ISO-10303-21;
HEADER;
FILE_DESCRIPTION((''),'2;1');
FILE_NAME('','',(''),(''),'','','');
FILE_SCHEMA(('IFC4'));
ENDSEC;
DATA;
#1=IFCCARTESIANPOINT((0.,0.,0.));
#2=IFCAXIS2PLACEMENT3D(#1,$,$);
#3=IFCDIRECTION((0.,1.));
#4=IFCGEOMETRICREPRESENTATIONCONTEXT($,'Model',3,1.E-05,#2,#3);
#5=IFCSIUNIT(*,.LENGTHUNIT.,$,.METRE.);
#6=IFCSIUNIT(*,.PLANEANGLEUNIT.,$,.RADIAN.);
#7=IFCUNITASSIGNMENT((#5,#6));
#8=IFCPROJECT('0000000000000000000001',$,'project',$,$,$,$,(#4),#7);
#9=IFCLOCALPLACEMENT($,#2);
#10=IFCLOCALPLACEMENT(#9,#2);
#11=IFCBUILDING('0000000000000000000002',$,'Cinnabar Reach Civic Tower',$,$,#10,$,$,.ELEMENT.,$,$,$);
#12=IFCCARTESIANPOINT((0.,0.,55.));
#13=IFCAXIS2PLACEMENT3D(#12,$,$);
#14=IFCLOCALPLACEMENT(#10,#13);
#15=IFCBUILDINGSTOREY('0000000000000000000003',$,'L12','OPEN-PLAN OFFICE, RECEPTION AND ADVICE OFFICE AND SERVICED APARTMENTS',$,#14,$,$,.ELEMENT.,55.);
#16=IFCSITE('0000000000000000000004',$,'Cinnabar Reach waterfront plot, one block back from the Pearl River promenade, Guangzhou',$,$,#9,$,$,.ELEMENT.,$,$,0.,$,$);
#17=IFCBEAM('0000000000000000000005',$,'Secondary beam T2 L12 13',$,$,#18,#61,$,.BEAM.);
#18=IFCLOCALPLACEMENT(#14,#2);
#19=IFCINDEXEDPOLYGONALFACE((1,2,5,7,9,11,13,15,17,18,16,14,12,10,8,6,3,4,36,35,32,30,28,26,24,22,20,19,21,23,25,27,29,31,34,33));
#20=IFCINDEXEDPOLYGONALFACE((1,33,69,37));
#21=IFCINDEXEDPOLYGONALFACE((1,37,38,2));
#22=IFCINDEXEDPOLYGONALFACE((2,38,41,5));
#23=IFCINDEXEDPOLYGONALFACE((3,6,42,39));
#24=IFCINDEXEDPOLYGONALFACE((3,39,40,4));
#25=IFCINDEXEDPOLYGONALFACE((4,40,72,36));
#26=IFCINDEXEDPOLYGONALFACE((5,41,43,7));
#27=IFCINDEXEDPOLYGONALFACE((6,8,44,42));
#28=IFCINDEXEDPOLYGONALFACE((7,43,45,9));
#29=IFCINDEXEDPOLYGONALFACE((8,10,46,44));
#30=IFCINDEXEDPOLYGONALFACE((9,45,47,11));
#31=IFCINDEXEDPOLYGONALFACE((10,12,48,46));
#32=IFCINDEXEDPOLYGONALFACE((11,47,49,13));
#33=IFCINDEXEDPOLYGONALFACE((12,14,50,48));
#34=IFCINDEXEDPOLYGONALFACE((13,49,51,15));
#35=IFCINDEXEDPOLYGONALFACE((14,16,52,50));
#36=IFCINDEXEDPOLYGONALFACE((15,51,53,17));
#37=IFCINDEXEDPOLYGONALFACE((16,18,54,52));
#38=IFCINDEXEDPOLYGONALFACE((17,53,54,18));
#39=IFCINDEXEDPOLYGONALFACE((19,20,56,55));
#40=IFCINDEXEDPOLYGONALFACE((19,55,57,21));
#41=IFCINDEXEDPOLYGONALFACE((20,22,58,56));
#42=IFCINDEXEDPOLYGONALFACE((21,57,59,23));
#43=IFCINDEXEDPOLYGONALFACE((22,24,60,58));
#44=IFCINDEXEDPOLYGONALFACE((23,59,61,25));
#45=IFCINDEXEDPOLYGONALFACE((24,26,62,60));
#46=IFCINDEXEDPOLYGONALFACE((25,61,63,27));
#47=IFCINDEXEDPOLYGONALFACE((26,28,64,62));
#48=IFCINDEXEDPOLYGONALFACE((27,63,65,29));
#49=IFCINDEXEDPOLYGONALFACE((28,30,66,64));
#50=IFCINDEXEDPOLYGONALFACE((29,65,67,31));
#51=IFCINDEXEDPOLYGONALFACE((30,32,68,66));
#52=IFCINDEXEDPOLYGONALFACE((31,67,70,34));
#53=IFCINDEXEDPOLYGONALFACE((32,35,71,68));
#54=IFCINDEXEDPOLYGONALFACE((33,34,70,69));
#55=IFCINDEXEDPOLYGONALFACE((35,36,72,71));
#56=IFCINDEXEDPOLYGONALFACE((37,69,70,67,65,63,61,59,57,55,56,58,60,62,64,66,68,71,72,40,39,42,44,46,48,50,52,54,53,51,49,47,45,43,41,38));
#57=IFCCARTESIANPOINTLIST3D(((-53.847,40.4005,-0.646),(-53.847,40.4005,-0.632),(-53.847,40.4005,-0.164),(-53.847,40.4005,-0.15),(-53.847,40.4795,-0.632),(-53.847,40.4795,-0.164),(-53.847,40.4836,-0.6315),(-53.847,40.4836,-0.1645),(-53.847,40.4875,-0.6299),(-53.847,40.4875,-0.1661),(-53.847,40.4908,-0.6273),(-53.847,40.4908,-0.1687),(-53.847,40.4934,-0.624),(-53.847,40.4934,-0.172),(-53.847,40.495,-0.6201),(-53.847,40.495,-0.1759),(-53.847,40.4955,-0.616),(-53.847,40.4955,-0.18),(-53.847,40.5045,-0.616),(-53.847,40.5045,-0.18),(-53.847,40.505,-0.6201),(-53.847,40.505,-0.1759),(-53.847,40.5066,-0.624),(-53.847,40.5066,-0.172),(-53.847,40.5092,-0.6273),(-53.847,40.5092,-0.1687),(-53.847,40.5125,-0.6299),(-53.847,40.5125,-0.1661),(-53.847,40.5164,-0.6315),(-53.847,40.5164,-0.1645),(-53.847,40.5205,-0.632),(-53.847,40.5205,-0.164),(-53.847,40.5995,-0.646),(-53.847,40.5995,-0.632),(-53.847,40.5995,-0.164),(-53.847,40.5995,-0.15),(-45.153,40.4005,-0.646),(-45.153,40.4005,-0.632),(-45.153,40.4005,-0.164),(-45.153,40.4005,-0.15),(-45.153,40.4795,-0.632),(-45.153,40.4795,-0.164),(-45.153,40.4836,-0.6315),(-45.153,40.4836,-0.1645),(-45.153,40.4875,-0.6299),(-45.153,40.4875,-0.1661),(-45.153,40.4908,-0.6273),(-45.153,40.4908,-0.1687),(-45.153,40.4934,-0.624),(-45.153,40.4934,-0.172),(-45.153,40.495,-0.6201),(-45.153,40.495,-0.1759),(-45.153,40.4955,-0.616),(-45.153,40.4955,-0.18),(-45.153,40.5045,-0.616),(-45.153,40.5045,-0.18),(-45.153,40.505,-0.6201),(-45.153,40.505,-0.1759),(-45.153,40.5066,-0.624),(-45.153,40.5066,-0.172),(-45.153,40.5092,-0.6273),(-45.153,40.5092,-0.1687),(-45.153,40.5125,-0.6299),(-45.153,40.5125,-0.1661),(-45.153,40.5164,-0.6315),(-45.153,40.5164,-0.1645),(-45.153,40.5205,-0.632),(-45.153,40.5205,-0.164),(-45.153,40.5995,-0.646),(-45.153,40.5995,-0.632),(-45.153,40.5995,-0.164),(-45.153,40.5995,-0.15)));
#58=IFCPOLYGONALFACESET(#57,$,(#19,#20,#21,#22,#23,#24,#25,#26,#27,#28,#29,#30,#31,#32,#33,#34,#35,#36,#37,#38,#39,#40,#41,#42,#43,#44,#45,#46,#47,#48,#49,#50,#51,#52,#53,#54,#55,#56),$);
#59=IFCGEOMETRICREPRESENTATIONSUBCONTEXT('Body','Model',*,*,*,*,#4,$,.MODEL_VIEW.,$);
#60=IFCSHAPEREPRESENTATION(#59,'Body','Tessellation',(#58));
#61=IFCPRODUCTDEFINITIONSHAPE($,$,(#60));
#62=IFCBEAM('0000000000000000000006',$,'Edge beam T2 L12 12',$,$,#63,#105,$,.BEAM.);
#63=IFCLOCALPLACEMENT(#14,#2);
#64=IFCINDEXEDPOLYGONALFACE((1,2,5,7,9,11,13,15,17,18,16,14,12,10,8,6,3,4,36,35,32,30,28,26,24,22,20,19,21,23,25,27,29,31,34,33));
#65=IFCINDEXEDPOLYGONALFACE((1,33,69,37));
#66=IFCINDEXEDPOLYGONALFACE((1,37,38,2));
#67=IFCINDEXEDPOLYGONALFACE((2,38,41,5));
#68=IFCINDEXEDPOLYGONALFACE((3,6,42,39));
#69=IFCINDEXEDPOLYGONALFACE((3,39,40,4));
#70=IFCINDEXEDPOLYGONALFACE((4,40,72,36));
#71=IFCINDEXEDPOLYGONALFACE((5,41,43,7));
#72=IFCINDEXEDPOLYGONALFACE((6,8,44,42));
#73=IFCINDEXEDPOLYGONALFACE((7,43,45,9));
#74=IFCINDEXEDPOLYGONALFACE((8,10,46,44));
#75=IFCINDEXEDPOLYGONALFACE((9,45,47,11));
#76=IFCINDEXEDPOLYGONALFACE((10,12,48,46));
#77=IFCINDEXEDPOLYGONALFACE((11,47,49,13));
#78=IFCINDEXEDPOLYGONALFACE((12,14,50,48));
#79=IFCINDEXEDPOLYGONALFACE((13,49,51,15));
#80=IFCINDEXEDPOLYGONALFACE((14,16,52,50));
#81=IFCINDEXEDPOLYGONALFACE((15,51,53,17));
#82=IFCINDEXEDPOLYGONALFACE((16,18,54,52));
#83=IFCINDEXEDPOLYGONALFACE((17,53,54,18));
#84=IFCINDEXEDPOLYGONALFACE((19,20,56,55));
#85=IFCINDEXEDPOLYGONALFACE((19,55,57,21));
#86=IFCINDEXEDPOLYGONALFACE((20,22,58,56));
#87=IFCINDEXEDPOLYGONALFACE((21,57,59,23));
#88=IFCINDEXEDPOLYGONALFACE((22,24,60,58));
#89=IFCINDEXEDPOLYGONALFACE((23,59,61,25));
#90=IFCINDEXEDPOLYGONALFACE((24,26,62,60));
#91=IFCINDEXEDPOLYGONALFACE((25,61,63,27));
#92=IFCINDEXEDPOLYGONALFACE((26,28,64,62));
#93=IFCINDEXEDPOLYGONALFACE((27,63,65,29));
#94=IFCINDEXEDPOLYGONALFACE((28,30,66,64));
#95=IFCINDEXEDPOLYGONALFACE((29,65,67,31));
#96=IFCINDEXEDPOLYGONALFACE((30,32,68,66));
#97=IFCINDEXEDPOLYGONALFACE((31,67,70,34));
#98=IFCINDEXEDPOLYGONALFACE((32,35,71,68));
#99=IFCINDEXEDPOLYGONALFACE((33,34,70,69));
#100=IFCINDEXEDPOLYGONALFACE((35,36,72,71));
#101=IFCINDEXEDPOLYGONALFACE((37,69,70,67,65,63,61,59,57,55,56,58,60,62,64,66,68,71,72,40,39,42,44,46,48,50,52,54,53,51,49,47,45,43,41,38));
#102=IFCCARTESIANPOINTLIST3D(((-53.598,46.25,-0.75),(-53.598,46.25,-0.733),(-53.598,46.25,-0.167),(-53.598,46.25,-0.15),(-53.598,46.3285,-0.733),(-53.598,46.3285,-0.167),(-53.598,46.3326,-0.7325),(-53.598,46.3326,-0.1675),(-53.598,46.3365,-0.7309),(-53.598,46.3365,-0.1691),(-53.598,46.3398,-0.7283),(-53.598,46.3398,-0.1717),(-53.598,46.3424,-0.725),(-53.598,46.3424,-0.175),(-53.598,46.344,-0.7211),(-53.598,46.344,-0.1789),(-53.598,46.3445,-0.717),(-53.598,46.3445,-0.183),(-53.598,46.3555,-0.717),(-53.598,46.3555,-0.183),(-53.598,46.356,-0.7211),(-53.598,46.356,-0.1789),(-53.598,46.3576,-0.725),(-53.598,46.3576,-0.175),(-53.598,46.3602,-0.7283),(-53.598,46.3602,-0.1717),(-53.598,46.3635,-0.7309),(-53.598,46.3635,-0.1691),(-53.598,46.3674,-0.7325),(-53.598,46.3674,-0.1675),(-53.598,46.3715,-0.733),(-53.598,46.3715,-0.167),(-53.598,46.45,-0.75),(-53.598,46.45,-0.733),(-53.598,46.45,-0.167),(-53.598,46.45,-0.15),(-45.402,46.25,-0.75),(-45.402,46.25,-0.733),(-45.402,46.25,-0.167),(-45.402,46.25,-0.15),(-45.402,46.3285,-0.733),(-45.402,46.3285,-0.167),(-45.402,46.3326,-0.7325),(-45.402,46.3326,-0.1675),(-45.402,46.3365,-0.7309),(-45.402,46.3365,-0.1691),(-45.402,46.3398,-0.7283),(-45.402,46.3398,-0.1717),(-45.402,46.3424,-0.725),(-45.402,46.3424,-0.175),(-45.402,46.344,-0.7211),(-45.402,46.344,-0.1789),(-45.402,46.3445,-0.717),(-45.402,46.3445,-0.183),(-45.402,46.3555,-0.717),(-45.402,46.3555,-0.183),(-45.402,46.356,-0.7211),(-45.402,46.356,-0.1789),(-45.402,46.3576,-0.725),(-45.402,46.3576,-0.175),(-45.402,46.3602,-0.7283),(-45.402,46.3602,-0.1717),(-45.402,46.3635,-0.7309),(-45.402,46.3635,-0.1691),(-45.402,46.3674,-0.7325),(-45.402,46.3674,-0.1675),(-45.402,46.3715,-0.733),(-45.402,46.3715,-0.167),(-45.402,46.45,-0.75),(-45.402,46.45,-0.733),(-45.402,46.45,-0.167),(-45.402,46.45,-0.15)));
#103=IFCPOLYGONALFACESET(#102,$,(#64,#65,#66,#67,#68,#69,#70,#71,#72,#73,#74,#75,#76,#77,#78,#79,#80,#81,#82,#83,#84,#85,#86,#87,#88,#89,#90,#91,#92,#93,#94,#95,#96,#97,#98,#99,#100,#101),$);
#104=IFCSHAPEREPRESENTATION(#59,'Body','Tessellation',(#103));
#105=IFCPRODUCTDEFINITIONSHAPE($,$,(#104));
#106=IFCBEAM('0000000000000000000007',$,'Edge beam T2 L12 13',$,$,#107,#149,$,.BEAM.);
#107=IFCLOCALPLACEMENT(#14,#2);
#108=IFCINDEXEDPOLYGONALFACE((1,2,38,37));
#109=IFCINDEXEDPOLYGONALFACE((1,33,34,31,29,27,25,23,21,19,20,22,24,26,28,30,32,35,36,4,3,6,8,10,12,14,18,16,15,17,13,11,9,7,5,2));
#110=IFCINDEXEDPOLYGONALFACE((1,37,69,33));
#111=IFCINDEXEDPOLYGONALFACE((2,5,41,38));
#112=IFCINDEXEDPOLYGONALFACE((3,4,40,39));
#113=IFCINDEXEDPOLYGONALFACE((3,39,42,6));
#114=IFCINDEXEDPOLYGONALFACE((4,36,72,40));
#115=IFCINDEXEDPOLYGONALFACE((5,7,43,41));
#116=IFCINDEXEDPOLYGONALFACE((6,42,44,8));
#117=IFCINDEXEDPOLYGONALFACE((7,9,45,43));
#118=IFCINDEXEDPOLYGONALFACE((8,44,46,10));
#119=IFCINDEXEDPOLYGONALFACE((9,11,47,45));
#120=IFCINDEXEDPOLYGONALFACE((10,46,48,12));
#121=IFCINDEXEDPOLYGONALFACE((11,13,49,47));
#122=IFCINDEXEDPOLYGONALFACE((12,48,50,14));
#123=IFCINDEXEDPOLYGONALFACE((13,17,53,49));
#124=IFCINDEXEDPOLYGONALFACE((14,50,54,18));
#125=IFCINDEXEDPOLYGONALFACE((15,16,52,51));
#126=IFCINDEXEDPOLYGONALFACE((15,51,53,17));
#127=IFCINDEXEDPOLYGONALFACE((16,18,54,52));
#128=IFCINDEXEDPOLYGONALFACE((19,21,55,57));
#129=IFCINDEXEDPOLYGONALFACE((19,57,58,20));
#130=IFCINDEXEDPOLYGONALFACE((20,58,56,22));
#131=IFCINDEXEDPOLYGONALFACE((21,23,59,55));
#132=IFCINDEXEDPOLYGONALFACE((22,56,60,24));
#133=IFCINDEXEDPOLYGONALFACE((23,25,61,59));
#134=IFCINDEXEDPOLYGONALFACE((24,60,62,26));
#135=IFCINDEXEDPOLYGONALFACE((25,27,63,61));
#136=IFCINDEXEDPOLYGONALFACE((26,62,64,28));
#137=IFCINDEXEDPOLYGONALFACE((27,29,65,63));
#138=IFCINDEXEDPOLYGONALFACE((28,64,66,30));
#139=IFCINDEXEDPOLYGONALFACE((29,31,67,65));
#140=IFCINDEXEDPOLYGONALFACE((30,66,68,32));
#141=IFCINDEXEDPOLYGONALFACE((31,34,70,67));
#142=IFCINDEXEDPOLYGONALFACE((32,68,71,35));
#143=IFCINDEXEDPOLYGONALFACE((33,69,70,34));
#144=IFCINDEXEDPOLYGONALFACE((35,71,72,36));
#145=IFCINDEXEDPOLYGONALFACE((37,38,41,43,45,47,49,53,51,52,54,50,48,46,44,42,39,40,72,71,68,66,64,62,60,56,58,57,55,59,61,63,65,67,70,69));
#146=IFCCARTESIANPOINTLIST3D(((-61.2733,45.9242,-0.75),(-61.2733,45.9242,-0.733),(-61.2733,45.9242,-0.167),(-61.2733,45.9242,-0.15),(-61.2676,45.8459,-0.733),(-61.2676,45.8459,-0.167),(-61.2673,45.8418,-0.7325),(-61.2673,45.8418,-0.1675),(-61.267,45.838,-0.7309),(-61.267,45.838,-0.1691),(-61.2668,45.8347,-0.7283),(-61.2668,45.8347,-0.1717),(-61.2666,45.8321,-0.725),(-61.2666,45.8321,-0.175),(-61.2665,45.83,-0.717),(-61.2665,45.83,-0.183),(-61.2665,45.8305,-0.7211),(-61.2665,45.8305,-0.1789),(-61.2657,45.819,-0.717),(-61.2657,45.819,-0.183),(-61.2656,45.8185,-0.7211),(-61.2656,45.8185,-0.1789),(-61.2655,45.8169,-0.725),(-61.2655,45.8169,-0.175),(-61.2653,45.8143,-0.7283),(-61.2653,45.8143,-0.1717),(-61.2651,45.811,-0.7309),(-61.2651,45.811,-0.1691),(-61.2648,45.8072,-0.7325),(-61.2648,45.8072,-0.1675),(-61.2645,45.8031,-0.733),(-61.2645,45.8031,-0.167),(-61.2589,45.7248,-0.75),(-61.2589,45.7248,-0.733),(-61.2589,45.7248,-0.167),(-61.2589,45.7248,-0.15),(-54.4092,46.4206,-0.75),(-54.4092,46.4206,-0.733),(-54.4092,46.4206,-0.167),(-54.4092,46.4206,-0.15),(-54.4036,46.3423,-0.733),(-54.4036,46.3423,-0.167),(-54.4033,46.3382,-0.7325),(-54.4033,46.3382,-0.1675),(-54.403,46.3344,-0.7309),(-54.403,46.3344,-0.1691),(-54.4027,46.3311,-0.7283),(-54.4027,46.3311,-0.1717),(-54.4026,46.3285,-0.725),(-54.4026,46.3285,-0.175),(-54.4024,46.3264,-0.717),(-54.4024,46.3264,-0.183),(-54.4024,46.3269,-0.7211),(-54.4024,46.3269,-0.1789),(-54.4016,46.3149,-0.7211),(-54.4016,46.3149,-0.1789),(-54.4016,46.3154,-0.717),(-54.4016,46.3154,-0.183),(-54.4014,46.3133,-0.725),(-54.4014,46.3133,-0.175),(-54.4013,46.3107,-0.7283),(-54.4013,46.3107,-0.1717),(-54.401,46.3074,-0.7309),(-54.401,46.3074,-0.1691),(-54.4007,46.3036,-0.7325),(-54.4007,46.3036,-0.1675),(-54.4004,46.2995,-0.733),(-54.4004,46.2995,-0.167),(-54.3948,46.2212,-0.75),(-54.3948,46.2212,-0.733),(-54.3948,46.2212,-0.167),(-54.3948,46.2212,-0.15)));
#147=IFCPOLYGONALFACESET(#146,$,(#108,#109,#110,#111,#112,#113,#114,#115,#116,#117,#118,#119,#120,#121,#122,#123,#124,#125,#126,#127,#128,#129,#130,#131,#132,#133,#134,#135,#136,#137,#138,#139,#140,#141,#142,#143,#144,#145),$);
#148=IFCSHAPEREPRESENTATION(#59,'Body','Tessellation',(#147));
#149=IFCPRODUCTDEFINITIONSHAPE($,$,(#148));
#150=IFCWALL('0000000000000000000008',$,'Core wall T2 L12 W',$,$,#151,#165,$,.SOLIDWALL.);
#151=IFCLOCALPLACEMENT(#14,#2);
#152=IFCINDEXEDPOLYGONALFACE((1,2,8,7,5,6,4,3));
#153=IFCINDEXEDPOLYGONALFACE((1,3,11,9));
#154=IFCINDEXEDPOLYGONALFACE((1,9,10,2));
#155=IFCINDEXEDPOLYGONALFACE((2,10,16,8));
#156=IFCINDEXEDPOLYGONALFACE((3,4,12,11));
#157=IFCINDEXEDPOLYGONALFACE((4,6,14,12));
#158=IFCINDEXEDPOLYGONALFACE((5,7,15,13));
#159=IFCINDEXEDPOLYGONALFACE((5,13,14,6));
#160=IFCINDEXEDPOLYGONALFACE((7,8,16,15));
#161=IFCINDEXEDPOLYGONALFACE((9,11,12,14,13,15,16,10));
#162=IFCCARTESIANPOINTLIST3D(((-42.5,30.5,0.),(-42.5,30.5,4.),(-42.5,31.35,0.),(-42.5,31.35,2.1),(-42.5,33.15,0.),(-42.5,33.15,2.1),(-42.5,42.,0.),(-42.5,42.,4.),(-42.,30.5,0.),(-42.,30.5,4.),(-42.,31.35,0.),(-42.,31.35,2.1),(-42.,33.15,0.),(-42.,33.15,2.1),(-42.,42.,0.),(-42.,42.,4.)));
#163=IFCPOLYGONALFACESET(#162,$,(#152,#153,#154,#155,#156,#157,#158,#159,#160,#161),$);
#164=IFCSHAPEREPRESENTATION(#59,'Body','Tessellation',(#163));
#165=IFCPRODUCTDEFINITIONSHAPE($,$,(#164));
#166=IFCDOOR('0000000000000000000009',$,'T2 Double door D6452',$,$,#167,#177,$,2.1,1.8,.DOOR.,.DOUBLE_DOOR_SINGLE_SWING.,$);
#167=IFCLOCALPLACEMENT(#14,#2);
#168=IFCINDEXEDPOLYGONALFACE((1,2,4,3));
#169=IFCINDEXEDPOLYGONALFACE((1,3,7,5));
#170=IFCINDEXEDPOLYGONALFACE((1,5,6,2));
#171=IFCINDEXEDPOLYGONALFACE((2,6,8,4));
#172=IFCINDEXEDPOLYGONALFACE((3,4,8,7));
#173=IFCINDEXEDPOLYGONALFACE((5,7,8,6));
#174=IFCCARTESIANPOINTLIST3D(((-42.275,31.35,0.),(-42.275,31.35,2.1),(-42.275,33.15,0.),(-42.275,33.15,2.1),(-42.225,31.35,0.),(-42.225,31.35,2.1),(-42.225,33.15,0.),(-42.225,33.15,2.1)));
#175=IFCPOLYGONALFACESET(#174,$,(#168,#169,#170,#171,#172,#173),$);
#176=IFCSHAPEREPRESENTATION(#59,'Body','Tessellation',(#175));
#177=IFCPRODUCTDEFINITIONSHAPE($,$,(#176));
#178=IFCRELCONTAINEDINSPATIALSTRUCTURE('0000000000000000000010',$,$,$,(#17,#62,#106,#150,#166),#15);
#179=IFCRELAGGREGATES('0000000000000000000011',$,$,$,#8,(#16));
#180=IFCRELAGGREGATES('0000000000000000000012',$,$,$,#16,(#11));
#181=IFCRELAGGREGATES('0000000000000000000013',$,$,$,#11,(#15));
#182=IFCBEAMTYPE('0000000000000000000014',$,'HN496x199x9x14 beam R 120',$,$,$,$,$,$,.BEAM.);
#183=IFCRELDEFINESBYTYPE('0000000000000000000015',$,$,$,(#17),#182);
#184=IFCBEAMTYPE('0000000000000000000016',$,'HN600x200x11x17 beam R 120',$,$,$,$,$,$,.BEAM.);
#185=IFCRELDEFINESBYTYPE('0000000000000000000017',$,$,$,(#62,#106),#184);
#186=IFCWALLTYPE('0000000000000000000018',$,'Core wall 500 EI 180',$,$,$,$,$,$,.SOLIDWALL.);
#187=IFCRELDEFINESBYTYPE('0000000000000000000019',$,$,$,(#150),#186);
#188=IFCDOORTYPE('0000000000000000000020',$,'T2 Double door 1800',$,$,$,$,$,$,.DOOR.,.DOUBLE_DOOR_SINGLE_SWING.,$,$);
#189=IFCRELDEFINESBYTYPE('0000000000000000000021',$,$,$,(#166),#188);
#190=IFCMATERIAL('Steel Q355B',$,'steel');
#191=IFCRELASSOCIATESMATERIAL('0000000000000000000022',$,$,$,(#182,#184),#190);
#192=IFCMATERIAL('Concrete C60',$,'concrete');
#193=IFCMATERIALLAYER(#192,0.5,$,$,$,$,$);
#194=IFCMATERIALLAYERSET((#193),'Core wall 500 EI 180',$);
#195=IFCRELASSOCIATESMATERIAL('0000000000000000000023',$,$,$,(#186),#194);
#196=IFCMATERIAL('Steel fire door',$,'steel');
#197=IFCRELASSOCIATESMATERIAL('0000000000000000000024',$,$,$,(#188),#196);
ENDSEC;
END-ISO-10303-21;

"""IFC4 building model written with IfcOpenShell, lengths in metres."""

from ifc_helpers import new_model, si_unit, direction, frame, frame_2d, origin, origin_2d, place, context, subcontext, project, spatial, rectangle, i_section, extrude, material, layer, layer_set, material_profile, profile_set, type_object, element, fill, save


model = new_model("IFC4")

# Units and contexts
model_context = context("Model", 3, precision=1e-05, world=origin(), true_north=direction((0.0, 1.0)))
body_context = subcontext(model_context, "Body", "Model", "MODEL_VIEW")
ifc_project = project(units=[si_unit("LENGTHUNIT", "METRE"), si_unit("PLANEANGLEUNIT", "RADIAN")], contexts=[model_context])

# Site, building, storey
site_placement = place(None, origin())
site = spatial("IfcSite", under=ifc_project, at=site_placement, Name="Cinnabar Reach waterfront plot, one block back from the Pearl River promenade, Guangzhou", CompositionType="ELEMENT", RefElevation=0.0)
building_placement = place(site_placement, origin())
building = spatial("IfcBuilding", under=site, at=building_placement, Name="Cinnabar Reach Civic Tower", CompositionType="ELEMENT")
storey_placement = place(building_placement, frame((0.0, 0.0, 55.0)))
storey = spatial("IfcBuildingStorey", under=building, at=storey_placement, Name="L12", Description="OPEN-PLAN OFFICE, RECEPTION AND ADVICE OFFICE AND SERVICED APARTMENTS", CompositionType="ELEMENT", Elevation=55.0)

# Shared definitions
ifc_material_1 = material(Name="Concrete C60", Category="concrete")

# Beams
ifc_material_2 = material(Name="Steel Q355B", Category="steel")
ifc_material_profile_1 = material_profile(ifc_material_2, i_section(OverallWidth=0.199, OverallDepth=0.496, WebThickness=0.009, FlangeThickness=0.014, FilletRadius=0.016, at=origin_2d()), Name="HN496x199x9x14")
ifc_profile_set_1 = profile_set([ifc_material_profile_1], Name="Steel Q355B")
beam_type_1 = type_object("IfcBeamType", Name="HN496x199x9x14 beam R 120", PredefinedType="BEAM", material=ifc_profile_set_1)
beam_1_placement = place(storey_placement, frame((-53.847, 40.5, -0.398), z_axis=(1.0, 0.0, 0.0), x_axis=(0.0, 1.0, 0.0)))
element("IfcBeam", 1, at=beam_1_placement, inside=storey, type_object=beam_type_1, Name="Secondary beam T2 L12 13", PredefinedType="BEAM", context=body_context, shape_type="SweptSolid", body=[
    extrude(i_section(OverallWidth=0.199, OverallDepth=0.496, WebThickness=0.009, FlangeThickness=0.014, FilletRadius=0.016, at=origin_2d()), origin(), (0.0, 0.0, 1.0), 8.694),
])
ifc_material_profile_2 = material_profile(ifc_material_2, i_section(OverallWidth=0.2, OverallDepth=0.6, WebThickness=0.011, FlangeThickness=0.017, FilletRadius=0.016, at=origin_2d()), Name="HN600x200x11x17")
ifc_profile_set_2 = profile_set([ifc_material_profile_2], Name="Steel Q355B")
beam_type_2 = type_object("IfcBeamType", Name="HN600x200x11x17 beam R 120", PredefinedType="BEAM", material=ifc_profile_set_2)
beam_2_placement = place(storey_placement, frame((-45.402, 46.35, -0.45), z_axis=(-1.0, 0.0, 0.0), x_axis=(0.0, -1.0, 0.0)))
element("IfcBeam", 2, at=beam_2_placement, inside=storey, type_object=beam_type_2, Name="Edge beam T2 L12 12", PredefinedType="BEAM", context=body_context, shape_type="SweptSolid", body=[
    extrude(i_section(OverallWidth=0.2, OverallDepth=0.6, WebThickness=0.011, FlangeThickness=0.017, FilletRadius=0.016, at=origin_2d()), origin(), (0.0, 0.0, 1.0), 8.196),
])
beam_3_placement = place(storey_placement, frame((-54.402, 46.3209, -0.45), z_axis=(-0.997395, -0.07213, 0.0), x_axis=(0.07213, -0.997395, 0.0)))
element("IfcBeam", 3, at=beam_3_placement, inside=storey, type_object=beam_type_2, Name="Edge beam T2 L12 13", PredefinedType="BEAM", context=body_context, shape_type="SweptSolid", body=[
    extrude(i_section(OverallWidth=0.2, OverallDepth=0.6, WebThickness=0.011, FlangeThickness=0.017, FilletRadius=0.016, at=origin_2d()), origin(), (0.0, 0.0, 1.0), 6.882),
])

# Wall, opening, door
ifc_layer_1 = layer(ifc_material_1, 0.5)
ifc_layer_set_1 = layer_set([ifc_layer_1], Name="Core wall 500 EI 180")
wall_type_1 = type_object("IfcWallType", Name="Core wall 500 EI 180", PredefinedType="SOLIDWALL", material=ifc_layer_set_1)
wall_1_placement = place(storey_placement, frame((-42.25, 42.0, 0.0), z_axis=(0.0, 0.0, 1.0), x_axis=(0.0, -1.0, 0.0)))
wall_1 = element("IfcWall", 4, at=wall_1_placement, inside=storey, type_object=wall_type_1, Name="Core wall T2 L12 W", PredefinedType="SOLIDWALL", context=body_context, shape_type="SweptSolid", body=[
    extrude(rectangle(XDim=11.5, YDim=0.5, at=frame_2d((5.75, 0.0))), origin(), (0.0, 0.0, 1.0), 4.0),
])
opening_1_placement = place(wall_1_placement, frame((8.85, 0.0, 0.0)))
opening_1 = element("IfcOpeningElement", 5, at=opening_1_placement, cuts=wall_1, PredefinedType="OPENING", context=body_context, shape_type="SweptSolid", body=[
    extrude(rectangle(XDim=1.8, YDim=2.1, at=frame_2d((0.9, 1.05))), frame((0.0, 0.26, 0.0), z_axis=(0.0, -1.0, 0.0), x_axis=(1.0, 0.0, 0.0)), (0.0, 0.0, 1.0), 0.52),
])
ifc_material_3 = material(Name="Steel fire door", Category="steel")
door_type_1 = type_object("IfcDoorType", Name="T2 Double door 1800", OperationType="DOUBLE_DOOR_SINGLE_SWING", PredefinedType="DOOR", material=ifc_material_3)
door_1_placement = place(opening_1_placement, frame((1.8, 0.0, 0.0), z_axis=(0.0, 0.0, 1.0), x_axis=(-1.0, 0.0, 0.0)))
door_1 = element("IfcDoor", 6, at=door_1_placement, inside=storey, type_object=door_type_1, Name="T2 Double door D6452", OperationType="DOUBLE_DOOR_SINGLE_SWING", OverallHeight=2.1, OverallWidth=1.8, PredefinedType="DOOR", context=body_context, shape_type="SweptSolid", body=[
    extrude(rectangle(XDim=1.8, YDim=2.1, at=frame_2d((0.9, 1.05))), frame((0.0, 0.025, 0.0), z_axis=(0.0, -1.0, 0.0), x_axis=(1.0, 0.0, 0.0)), (0.0, 0.0, 1.0), 0.05),
])
fill(opening_1, door_1)

save(model, "model.ifc")
